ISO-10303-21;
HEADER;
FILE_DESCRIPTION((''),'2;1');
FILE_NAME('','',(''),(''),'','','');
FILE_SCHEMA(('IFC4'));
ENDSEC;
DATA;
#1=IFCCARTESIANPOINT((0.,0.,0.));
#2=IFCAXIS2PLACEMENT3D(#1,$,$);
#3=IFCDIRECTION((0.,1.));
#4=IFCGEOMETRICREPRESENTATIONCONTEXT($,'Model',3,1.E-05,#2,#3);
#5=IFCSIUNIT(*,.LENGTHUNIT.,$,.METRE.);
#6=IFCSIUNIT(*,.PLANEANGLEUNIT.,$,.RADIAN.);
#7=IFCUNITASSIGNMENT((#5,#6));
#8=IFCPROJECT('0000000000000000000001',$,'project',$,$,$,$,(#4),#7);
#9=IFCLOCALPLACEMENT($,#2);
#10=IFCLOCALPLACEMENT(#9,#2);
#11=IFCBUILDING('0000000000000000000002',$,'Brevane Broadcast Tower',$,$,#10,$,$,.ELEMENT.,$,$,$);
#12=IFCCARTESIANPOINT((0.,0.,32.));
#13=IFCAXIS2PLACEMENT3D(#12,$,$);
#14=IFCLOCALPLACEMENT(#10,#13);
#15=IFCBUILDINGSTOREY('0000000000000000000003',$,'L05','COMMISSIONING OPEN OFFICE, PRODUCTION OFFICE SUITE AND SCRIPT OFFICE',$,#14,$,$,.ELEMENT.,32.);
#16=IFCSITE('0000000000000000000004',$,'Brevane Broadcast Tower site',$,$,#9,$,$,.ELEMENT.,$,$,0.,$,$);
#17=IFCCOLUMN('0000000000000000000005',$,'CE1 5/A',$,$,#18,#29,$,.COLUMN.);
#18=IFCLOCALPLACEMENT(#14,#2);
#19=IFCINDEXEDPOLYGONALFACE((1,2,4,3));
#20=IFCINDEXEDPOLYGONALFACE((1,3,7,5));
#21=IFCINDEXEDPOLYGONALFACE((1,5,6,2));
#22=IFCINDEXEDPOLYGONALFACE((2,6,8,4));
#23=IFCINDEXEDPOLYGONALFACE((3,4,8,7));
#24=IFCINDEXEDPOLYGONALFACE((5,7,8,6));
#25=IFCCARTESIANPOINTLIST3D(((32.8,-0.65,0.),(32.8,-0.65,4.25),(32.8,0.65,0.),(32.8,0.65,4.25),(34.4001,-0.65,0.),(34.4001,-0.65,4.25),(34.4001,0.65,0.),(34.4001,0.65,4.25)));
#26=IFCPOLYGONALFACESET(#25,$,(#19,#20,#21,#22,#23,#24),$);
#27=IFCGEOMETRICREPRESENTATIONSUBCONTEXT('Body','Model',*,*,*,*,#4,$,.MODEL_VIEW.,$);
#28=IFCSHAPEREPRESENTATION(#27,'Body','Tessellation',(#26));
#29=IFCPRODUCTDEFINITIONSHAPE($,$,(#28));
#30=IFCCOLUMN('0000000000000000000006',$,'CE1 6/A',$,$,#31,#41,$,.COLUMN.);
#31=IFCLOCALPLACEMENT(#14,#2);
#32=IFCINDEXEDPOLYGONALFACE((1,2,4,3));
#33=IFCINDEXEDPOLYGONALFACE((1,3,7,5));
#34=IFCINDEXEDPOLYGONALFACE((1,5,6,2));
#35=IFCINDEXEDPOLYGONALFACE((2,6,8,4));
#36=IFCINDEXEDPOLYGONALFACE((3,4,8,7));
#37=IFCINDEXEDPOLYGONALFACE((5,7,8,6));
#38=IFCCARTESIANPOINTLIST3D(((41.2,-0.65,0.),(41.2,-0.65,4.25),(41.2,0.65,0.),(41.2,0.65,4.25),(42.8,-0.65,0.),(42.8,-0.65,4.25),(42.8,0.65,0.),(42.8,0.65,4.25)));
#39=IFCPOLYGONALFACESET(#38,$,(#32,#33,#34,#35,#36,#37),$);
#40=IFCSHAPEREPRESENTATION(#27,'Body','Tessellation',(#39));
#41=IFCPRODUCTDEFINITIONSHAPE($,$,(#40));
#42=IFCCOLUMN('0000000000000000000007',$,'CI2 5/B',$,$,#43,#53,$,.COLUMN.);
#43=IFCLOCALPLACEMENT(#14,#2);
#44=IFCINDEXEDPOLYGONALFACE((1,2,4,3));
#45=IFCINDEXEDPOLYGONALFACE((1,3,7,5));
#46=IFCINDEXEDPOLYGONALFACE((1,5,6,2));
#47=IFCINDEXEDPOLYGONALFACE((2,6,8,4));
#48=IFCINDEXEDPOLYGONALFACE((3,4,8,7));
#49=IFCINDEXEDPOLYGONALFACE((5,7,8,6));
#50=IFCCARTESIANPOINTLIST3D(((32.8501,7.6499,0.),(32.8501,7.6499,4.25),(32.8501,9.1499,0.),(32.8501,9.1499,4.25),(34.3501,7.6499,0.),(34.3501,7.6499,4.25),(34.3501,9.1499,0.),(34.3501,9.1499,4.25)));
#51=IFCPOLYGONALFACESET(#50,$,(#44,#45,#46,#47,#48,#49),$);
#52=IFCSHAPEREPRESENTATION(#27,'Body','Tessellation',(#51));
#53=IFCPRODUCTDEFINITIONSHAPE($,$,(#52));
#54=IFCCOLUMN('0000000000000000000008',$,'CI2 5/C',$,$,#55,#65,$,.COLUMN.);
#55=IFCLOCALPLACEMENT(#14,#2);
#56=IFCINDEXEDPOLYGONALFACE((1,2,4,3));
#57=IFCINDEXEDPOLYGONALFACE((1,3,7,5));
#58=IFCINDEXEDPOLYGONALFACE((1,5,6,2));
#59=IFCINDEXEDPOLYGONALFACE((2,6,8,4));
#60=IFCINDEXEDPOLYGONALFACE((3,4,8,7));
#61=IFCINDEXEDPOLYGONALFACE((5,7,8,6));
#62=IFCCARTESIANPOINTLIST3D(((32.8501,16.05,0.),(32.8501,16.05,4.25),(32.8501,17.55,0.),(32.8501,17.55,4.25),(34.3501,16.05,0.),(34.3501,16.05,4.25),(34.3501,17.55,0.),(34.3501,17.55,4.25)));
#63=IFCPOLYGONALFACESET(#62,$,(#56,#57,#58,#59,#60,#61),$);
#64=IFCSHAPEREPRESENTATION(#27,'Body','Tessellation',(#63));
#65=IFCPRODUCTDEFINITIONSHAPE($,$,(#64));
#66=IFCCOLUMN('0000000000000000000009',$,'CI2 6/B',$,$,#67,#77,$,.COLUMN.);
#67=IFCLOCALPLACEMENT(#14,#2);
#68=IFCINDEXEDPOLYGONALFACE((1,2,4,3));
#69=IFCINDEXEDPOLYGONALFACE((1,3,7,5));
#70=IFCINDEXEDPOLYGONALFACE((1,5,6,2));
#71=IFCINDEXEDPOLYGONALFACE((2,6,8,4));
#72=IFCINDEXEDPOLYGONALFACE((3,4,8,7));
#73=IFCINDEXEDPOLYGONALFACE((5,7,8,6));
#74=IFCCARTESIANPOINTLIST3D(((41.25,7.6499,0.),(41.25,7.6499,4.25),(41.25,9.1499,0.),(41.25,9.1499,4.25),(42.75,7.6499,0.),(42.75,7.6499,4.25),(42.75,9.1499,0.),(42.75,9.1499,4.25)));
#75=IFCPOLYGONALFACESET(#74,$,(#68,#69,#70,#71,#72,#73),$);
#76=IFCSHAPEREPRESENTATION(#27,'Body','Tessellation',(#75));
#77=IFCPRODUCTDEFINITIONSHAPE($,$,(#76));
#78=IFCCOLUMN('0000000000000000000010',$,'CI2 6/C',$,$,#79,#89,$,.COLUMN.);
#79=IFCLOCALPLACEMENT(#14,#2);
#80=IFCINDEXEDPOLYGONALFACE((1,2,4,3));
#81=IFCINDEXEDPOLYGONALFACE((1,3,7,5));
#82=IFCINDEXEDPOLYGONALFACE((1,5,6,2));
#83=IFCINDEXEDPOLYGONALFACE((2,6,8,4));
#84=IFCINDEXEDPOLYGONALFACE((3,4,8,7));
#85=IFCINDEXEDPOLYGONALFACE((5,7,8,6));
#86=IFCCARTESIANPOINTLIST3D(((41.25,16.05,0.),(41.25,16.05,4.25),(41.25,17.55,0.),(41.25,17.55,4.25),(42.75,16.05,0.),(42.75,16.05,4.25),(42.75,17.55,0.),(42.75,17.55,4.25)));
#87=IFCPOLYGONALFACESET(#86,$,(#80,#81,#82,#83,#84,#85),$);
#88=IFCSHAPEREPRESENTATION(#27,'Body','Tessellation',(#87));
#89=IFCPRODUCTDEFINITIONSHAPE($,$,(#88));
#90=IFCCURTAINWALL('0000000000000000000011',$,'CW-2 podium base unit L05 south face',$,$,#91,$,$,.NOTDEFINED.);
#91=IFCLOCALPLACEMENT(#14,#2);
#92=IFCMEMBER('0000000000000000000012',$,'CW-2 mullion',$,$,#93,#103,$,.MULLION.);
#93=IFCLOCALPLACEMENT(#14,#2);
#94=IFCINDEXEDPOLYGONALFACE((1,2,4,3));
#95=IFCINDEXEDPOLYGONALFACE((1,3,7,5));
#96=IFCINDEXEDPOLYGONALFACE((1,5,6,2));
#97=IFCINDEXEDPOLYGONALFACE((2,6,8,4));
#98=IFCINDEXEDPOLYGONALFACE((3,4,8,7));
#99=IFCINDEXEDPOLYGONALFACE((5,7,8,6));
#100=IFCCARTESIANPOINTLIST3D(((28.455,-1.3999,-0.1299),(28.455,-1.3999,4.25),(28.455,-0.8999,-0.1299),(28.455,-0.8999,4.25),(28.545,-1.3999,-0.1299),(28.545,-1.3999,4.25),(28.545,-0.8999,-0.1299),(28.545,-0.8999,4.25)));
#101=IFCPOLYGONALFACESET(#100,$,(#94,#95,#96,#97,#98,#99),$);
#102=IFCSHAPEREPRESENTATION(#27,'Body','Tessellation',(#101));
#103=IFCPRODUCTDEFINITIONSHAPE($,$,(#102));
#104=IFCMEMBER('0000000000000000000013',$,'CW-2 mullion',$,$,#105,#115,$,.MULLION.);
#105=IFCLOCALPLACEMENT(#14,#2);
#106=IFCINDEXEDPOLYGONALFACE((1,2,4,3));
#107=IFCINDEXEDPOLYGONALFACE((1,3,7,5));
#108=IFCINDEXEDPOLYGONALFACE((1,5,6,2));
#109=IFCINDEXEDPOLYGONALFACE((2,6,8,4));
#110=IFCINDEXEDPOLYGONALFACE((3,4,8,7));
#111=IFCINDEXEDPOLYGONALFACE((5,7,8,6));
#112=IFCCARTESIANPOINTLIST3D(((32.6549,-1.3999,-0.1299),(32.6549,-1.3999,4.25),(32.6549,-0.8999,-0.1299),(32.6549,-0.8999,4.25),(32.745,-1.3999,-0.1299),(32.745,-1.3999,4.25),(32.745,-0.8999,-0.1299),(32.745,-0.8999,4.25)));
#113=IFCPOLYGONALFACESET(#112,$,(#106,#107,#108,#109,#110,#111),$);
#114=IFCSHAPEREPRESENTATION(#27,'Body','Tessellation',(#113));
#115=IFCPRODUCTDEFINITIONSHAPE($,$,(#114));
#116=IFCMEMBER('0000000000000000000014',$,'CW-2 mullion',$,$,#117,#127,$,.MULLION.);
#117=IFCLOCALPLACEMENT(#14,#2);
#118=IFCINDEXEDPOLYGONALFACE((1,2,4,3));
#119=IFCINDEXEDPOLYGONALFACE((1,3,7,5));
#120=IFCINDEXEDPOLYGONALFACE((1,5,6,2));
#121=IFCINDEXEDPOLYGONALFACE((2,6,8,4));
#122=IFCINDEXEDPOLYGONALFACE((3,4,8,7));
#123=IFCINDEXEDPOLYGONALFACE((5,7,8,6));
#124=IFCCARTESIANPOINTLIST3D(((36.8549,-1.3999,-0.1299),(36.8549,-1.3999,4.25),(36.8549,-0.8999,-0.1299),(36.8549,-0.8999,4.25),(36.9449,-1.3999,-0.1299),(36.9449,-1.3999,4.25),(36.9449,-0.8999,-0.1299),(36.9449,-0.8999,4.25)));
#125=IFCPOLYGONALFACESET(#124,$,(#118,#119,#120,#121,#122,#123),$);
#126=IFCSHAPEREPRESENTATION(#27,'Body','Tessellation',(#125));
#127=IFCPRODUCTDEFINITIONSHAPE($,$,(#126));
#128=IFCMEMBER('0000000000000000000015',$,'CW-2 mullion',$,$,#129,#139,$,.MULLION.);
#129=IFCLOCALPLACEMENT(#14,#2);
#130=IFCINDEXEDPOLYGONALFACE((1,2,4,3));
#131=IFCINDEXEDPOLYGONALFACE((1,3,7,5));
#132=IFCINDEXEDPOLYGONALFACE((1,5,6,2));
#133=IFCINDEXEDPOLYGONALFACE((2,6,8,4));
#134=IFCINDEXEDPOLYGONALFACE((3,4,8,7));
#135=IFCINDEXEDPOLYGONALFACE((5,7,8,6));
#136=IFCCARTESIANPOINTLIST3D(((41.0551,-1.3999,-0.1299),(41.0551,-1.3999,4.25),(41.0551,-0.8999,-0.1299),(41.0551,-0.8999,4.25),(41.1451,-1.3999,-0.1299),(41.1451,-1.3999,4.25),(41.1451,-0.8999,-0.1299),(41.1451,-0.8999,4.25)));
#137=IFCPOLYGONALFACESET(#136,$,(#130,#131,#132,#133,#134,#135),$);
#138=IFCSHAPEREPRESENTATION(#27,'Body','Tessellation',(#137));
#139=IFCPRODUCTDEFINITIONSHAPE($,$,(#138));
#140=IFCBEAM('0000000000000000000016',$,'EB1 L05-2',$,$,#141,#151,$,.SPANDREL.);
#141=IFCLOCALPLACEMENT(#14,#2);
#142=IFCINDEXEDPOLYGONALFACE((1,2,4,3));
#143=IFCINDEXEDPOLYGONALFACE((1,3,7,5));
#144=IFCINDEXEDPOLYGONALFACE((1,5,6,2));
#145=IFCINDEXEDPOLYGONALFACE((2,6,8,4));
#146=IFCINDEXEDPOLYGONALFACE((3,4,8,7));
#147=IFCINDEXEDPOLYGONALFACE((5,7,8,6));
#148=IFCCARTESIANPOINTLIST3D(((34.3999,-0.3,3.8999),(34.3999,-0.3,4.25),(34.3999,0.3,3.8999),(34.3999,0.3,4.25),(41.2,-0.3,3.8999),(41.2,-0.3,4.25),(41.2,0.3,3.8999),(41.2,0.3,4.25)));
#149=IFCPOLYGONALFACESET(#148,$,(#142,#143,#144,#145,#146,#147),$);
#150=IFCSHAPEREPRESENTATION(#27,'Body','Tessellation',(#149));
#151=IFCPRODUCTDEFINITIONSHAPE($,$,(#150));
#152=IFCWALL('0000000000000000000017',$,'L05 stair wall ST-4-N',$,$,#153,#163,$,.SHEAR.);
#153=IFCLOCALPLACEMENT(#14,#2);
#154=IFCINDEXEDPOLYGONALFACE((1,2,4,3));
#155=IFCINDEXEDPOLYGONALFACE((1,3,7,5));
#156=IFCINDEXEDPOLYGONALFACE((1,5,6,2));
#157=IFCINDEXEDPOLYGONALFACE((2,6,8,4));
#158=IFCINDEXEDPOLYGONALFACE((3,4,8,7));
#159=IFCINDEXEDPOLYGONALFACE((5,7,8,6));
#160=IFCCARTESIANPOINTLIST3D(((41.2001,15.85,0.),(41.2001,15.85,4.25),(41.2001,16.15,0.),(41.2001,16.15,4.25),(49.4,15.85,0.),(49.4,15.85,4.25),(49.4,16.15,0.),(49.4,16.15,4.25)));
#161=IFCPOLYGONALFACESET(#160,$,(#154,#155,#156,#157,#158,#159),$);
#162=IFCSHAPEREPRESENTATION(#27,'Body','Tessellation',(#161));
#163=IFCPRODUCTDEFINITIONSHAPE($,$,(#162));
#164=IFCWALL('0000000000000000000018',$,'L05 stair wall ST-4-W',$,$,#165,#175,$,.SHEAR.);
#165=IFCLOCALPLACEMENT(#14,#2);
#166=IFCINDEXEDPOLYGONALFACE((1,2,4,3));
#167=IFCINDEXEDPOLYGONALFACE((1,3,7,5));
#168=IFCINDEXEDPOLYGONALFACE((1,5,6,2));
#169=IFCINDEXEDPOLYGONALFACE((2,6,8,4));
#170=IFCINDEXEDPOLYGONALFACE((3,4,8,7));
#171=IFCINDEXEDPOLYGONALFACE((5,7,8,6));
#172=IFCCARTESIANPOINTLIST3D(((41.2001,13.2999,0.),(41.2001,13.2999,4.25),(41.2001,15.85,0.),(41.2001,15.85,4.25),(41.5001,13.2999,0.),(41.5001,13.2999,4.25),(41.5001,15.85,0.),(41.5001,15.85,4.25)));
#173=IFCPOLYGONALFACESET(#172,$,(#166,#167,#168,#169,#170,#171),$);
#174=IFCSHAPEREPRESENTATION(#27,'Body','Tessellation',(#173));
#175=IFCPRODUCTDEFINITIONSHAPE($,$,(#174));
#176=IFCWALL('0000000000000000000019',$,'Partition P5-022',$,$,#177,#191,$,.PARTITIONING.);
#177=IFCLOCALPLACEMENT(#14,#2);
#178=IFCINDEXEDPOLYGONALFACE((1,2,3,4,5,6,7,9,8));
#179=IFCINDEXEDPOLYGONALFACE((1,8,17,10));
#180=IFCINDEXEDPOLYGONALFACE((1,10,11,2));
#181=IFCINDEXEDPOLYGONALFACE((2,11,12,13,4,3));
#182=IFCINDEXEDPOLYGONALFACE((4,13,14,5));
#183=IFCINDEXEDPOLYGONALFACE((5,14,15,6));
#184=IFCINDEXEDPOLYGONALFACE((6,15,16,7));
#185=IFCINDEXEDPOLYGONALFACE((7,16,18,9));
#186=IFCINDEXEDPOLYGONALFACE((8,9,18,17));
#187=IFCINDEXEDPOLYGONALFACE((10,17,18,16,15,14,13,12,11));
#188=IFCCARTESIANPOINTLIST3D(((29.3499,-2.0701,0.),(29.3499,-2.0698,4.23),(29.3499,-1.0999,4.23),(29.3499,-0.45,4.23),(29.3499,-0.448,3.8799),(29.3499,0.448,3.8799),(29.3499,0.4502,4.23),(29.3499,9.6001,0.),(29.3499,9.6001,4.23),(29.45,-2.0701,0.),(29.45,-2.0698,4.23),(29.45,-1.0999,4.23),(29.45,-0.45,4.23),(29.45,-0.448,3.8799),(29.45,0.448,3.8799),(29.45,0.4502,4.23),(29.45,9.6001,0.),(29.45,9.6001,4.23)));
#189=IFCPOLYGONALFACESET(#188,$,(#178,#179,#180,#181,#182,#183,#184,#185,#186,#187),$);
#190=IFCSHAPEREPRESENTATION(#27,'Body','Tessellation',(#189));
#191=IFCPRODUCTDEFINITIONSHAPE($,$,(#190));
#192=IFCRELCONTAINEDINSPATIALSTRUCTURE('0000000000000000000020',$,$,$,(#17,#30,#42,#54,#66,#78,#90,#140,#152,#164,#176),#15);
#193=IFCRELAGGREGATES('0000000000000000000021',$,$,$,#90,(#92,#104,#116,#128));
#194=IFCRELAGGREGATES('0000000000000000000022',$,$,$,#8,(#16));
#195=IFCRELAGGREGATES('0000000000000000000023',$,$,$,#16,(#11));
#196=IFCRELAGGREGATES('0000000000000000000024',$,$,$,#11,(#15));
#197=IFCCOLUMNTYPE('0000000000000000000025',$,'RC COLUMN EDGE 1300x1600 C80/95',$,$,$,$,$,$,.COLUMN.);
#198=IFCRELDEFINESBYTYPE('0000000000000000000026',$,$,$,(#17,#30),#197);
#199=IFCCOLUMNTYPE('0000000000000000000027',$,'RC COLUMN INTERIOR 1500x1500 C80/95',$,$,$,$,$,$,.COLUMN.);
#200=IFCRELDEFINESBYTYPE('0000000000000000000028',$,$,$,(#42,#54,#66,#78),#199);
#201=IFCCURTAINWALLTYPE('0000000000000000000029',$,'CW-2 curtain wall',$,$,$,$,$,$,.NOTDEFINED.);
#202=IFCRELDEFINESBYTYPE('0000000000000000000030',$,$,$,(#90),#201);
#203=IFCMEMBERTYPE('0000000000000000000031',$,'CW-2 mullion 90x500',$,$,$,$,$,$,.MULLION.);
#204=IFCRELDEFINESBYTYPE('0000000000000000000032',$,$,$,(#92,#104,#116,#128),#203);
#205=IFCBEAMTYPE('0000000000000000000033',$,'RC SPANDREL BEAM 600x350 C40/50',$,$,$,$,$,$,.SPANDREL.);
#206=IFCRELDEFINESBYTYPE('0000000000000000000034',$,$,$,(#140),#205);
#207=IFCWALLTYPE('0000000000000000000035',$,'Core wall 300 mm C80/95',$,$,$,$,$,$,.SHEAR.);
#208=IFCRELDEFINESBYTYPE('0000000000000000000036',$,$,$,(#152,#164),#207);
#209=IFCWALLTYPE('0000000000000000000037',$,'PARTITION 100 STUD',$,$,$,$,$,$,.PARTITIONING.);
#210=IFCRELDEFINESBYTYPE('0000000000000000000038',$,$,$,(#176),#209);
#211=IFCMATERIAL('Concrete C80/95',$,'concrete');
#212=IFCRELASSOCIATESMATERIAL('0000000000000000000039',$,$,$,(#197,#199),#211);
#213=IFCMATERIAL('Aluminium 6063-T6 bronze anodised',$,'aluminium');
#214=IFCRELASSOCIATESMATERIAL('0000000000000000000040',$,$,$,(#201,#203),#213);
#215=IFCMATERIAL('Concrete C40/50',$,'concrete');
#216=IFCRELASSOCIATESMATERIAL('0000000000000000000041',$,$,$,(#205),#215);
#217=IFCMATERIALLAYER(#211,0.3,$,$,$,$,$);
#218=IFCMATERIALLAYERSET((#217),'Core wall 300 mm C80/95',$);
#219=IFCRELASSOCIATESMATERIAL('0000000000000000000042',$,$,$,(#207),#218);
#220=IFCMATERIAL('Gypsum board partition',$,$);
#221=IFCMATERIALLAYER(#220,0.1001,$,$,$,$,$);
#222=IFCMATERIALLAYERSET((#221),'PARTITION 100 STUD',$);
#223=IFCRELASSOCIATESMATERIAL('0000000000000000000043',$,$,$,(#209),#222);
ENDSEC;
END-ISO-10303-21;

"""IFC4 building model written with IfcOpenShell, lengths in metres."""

from ifc_helpers import new_model, si_unit, direction, frame, frame_2d, origin, origin_2d, place, context, subcontext, project, spatial, polyline, rectangle, outline, extrude, material, layer, layer_set, material_profile, profile_set, type_object, element, aggregate, save


model = new_model("IFC4")

# Units and contexts
model_context = context("Model", 3, precision=1e-05, world=origin(), true_north=direction((0.0, 1.0)))
body_context = subcontext(model_context, "Body", "Model", "MODEL_VIEW")
ifc_project = project(units=[si_unit("LENGTHUNIT", "METRE"), si_unit("PLANEANGLEUNIT", "RADIAN")], contexts=[model_context])

# Site, building, storey
site_placement = place(None, origin())
site = spatial("IfcSite", under=ifc_project, at=site_placement, Name="Brevane Broadcast Tower site", CompositionType="ELEMENT", RefElevation=0.0)
building_placement = place(site_placement, origin())
building = spatial("IfcBuilding", under=site, at=building_placement, Name="Brevane Broadcast Tower", CompositionType="ELEMENT")
storey_placement = place(building_placement, frame((0.0, 0.0, 32.0)))
storey = spatial("IfcBuildingStorey", under=building, at=storey_placement, Name="L05", Description="COMMISSIONING OPEN OFFICE, PRODUCTION OFFICE SUITE AND SCRIPT OFFICE", CompositionType="ELEMENT", Elevation=32.0)

# Columns
ifc_material_1 = material(Name="Concrete C80/95", Category="concrete")
ifc_material_profile_1 = material_profile(ifc_material_1, rectangle(XDim=1.3, YDim=1.6001, at=origin_2d()), Name="RC 1300x1600")
ifc_profile_set_1 = profile_set([ifc_material_profile_1], Name="Concrete C80/95")
column_type_1 = type_object("IfcColumnType", Name="RC COLUMN EDGE 1300x1600 C80/95", PredefinedType="COLUMN", material=ifc_profile_set_1)
for number, where, z_axis, x_axis, name in (
    (1, (33.6001, 0.0, 0.0), (0.0, 0.0, 1.0), (0.0, 1.0, 0.0), "CE1 5/A"),
    (2, (42.0, 0.0, 0.0), (0.0, 0.0, 1.0), (0.0, 1.0, 0.0), "CE1 6/A"),
):
    element("IfcColumn", number, at=place(storey_placement, frame(where, z_axis=z_axis, x_axis=x_axis)), inside=storey, type_object=column_type_1, Name=name, PredefinedType="COLUMN", context=body_context, shape_type="SweptSolid", body=[
        extrude(rectangle(XDim=1.3, YDim=1.6001, at=origin_2d()), origin(), (0.0, 0.0, 1.0), 4.25),
    ])
ifc_material_profile_2 = material_profile(ifc_material_1, rectangle(XDim=1.5, YDim=1.5, at=origin_2d()), Name="RC 1500x1500")
ifc_profile_set_2 = profile_set([ifc_material_profile_2], Name="Concrete C80/95")
column_type_2 = type_object("IfcColumnType", Name="RC COLUMN INTERIOR 1500x1500 C80/95", PredefinedType="COLUMN", material=ifc_profile_set_2)
for number, where, z_axis, x_axis, name in (
    (3, (33.6001, 8.3999, 0.0), (0.0, 0.0, 1.0), (1.0, 0.0, 0.0), "CI2 5/B"),
    (4, (33.6001, 16.8, 0.0), (0.0, 0.0, 1.0), (1.0, 0.0, 0.0), "CI2 5/C"),
    (5, (42.0, 8.3999, 0.0), (0.0, 0.0, 1.0), (1.0, 0.0, 0.0), "CI2 6/B"),
    (6, (42.0, 16.8, 0.0), (0.0, 0.0, 1.0), (1.0, 0.0, 0.0), "CI2 6/C"),
):
    element("IfcColumn", number, at=place(storey_placement, frame(where, z_axis=z_axis, x_axis=x_axis)), inside=storey, type_object=column_type_2, Name=name, PredefinedType="COLUMN", context=body_context, shape_type="SweptSolid", body=[
        extrude(rectangle(XDim=1.5, YDim=1.5, at=origin_2d()), origin(), (0.0, 0.0, 1.0), 4.25),
    ])

# Curtain wall, members
ifc_material_2 = material(Name="Aluminium 6063-T6 bronze anodised", Category="aluminium")
curtain_wall_type = type_object("IfcCurtainWallType", Name="CW-2 curtain wall", PredefinedType="NOTDEFINED", material=ifc_material_2)
curtain_wall_placement = place(storey_placement, origin())
curtain_wall = element("IfcCurtainWall", 7, at=curtain_wall_placement, inside=storey, type_object=curtain_wall_type, Name="CW-2 podium base unit L05 south face", PredefinedType="NOTDEFINED")
ifc_material_profile_3 = material_profile(ifc_material_2, rectangle(XDim=0.5, YDim=0.0901, at=origin_2d()), Name="RECT 90x500")
ifc_profile_set_3 = profile_set([ifc_material_profile_3], Name="Aluminium 6063-T6 bronze anodised")
member_type = type_object("IfcMemberType", Name="CW-2 mullion 90x500", PredefinedType="MULLION", material=ifc_profile_set_3)
member_1_placement = place(storey_placement, frame((28.5, -1.1499, -0.1299), z_axis=(0.0, 0.0, 1.0), x_axis=(0.0, 1.0, 0.0)))
member_1 = element("IfcMember", 8, at=member_1_placement, type_object=member_type, Name="CW-2 mullion", PredefinedType="MULLION", context=body_context, shape_type="SweptSolid", body=[
    extrude(rectangle(XDim=0.5, YDim=0.0901, at=origin_2d()), origin(), (0.0, 0.0, 1.0), 4.3799),
])
member_2_placement = place(storey_placement, frame((32.7, -1.1499, -0.1299), z_axis=(0.0, 0.0, 1.0), x_axis=(0.0, 1.0, 0.0)))
member_2 = element("IfcMember", 9, at=member_2_placement, type_object=member_type, Name="CW-2 mullion", PredefinedType="MULLION", context=body_context, shape_type="SweptSolid", body=[
    extrude(rectangle(XDim=0.5, YDim=0.0901, at=origin_2d()), origin(), (0.0, 0.0, 1.0), 4.3799),
])
member_3_placement = place(storey_placement, frame((36.8999, -1.1499, -0.1299), z_axis=(0.0, 0.0, 1.0), x_axis=(0.0, 1.0, 0.0)))
member_3 = element("IfcMember", 10, at=member_3_placement, type_object=member_type, Name="CW-2 mullion", PredefinedType="MULLION", context=body_context, shape_type="SweptSolid", body=[
    extrude(rectangle(XDim=0.5, YDim=0.0901, at=origin_2d()), origin(), (0.0, 0.0, 1.0), 4.3799),
])
member_4_placement = place(storey_placement, frame((41.1001, -1.1499, -0.1299), z_axis=(0.0, 0.0, 1.0), x_axis=(0.0, 1.0, 0.0)))
member_4 = element("IfcMember", 11, at=member_4_placement, type_object=member_type, Name="CW-2 mullion", PredefinedType="MULLION", context=body_context, shape_type="SweptSolid", body=[
    extrude(rectangle(XDim=0.5, YDim=0.0901, at=origin_2d()), origin(), (0.0, 0.0, 1.0), 4.3799),
])
aggregate(curtain_wall, [member_1, member_2, member_3, member_4])

# Beam
ifc_material_3 = material(Name="Concrete C40/50", Category="concrete")
ifc_material_profile_4 = material_profile(ifc_material_3, rectangle(XDim=0.6001, YDim=0.3501, at=origin_2d()), Name="RC 600x350")
ifc_profile_set_4 = profile_set([ifc_material_profile_4], Name="Concrete C40/50")
beam_type = type_object("IfcBeamType", Name="RC SPANDREL BEAM 600x350 C40/50", PredefinedType="SPANDREL", material=ifc_profile_set_4)
beam_placement = place(storey_placement, frame((34.3999, 0.0, 4.075), z_axis=(1.0, 0.0, 0.0), x_axis=(0.0, 1.0, 0.0)))
element("IfcBeam", 12, at=beam_placement, inside=storey, type_object=beam_type, Name="EB1 L05-2", PredefinedType="SPANDREL", context=body_context, shape_type="SweptSolid", body=[
    extrude(rectangle(XDim=0.6001, YDim=0.3501, at=origin_2d()), origin(), (0.0, 0.0, 1.0), 6.8),
])

# Walls
ifc_layer_1 = layer(ifc_material_1, 0.3)
ifc_layer_set_1 = layer_set([ifc_layer_1], Name="Core wall 300 mm C80/95")
wall_type_1 = type_object("IfcWallType", Name="Core wall 300 mm C80/95", PredefinedType="SHEAR", material=ifc_layer_set_1)
wall_1_placement = place(storey_placement, frame((41.2, 16.0, 0.0), z_axis=(0.0, 0.0, 1.0), x_axis=(1.0, 0.0, 0.0)))
element("IfcWall", 13, at=wall_1_placement, inside=storey, type_object=wall_type_1, Name="L05 stair wall ST-4-N", PredefinedType="SHEAR", context=body_context, shape_type="SweptSolid", body=[
    extrude(rectangle(XDim=8.2, YDim=0.3, at=frame_2d((4.1001, 0.0))), origin(), (0.0, 0.0, 1.0), 4.25),
])
wall_2_placement = place(storey_placement, frame((41.3501, 13.3, 0.0), z_axis=(0.0, 0.0, 1.0), x_axis=(0.0, 1.0, 0.0)))
element("IfcWall", 14, at=wall_2_placement, inside=storey, type_object=wall_type_1, Name="L05 stair wall ST-4-W", PredefinedType="SHEAR", context=body_context, shape_type="SweptSolid", body=[
    extrude(rectangle(XDim=2.55, YDim=0.3, at=frame_2d((1.2749, 0.0))), origin(), (0.0, 0.0, 1.0), 4.25),
])
ifc_material_4 = material(Name="Gypsum board partition")
ifc_layer_2 = layer(ifc_material_4, 0.1001)
ifc_layer_set_2 = layer_set([ifc_layer_2], Name="PARTITION 100 STUD")
wall_type_2 = type_object("IfcWallType", Name="PARTITION 100 STUD", PredefinedType="PARTITIONING", material=ifc_layer_set_2)
wall_3_placement = place(storey_placement, frame((29.3999, 9.6001, 0.0), z_axis=(0.0, 0.0, 1.0), x_axis=(0.0, -1.0, 0.0)))
element("IfcWall", 15, at=wall_3_placement, inside=storey, type_object=wall_type_2, Name="Partition P5-022", PredefinedType="PARTITIONING", context=body_context, shape_type="SweptSolid", body=[
    extrude(outline(polyline([(0.0, 0.0), (11.6702, 0.0), (11.6699, 4.23), (10.7, 4.23), (10.05, 4.23), (10.0481, 3.8799), (9.1521, 3.8799), (9.1499, 4.23), (0.0, 4.23), (0.0, 0.0)])), frame((0.0, 0.05, 0.0), z_axis=(0.0, -1.0, 0.0), x_axis=(1.0, 0.0, 0.0)), (0.0, 0.0, 1.0), 0.1001),
])

save(model, "model.ifc")
